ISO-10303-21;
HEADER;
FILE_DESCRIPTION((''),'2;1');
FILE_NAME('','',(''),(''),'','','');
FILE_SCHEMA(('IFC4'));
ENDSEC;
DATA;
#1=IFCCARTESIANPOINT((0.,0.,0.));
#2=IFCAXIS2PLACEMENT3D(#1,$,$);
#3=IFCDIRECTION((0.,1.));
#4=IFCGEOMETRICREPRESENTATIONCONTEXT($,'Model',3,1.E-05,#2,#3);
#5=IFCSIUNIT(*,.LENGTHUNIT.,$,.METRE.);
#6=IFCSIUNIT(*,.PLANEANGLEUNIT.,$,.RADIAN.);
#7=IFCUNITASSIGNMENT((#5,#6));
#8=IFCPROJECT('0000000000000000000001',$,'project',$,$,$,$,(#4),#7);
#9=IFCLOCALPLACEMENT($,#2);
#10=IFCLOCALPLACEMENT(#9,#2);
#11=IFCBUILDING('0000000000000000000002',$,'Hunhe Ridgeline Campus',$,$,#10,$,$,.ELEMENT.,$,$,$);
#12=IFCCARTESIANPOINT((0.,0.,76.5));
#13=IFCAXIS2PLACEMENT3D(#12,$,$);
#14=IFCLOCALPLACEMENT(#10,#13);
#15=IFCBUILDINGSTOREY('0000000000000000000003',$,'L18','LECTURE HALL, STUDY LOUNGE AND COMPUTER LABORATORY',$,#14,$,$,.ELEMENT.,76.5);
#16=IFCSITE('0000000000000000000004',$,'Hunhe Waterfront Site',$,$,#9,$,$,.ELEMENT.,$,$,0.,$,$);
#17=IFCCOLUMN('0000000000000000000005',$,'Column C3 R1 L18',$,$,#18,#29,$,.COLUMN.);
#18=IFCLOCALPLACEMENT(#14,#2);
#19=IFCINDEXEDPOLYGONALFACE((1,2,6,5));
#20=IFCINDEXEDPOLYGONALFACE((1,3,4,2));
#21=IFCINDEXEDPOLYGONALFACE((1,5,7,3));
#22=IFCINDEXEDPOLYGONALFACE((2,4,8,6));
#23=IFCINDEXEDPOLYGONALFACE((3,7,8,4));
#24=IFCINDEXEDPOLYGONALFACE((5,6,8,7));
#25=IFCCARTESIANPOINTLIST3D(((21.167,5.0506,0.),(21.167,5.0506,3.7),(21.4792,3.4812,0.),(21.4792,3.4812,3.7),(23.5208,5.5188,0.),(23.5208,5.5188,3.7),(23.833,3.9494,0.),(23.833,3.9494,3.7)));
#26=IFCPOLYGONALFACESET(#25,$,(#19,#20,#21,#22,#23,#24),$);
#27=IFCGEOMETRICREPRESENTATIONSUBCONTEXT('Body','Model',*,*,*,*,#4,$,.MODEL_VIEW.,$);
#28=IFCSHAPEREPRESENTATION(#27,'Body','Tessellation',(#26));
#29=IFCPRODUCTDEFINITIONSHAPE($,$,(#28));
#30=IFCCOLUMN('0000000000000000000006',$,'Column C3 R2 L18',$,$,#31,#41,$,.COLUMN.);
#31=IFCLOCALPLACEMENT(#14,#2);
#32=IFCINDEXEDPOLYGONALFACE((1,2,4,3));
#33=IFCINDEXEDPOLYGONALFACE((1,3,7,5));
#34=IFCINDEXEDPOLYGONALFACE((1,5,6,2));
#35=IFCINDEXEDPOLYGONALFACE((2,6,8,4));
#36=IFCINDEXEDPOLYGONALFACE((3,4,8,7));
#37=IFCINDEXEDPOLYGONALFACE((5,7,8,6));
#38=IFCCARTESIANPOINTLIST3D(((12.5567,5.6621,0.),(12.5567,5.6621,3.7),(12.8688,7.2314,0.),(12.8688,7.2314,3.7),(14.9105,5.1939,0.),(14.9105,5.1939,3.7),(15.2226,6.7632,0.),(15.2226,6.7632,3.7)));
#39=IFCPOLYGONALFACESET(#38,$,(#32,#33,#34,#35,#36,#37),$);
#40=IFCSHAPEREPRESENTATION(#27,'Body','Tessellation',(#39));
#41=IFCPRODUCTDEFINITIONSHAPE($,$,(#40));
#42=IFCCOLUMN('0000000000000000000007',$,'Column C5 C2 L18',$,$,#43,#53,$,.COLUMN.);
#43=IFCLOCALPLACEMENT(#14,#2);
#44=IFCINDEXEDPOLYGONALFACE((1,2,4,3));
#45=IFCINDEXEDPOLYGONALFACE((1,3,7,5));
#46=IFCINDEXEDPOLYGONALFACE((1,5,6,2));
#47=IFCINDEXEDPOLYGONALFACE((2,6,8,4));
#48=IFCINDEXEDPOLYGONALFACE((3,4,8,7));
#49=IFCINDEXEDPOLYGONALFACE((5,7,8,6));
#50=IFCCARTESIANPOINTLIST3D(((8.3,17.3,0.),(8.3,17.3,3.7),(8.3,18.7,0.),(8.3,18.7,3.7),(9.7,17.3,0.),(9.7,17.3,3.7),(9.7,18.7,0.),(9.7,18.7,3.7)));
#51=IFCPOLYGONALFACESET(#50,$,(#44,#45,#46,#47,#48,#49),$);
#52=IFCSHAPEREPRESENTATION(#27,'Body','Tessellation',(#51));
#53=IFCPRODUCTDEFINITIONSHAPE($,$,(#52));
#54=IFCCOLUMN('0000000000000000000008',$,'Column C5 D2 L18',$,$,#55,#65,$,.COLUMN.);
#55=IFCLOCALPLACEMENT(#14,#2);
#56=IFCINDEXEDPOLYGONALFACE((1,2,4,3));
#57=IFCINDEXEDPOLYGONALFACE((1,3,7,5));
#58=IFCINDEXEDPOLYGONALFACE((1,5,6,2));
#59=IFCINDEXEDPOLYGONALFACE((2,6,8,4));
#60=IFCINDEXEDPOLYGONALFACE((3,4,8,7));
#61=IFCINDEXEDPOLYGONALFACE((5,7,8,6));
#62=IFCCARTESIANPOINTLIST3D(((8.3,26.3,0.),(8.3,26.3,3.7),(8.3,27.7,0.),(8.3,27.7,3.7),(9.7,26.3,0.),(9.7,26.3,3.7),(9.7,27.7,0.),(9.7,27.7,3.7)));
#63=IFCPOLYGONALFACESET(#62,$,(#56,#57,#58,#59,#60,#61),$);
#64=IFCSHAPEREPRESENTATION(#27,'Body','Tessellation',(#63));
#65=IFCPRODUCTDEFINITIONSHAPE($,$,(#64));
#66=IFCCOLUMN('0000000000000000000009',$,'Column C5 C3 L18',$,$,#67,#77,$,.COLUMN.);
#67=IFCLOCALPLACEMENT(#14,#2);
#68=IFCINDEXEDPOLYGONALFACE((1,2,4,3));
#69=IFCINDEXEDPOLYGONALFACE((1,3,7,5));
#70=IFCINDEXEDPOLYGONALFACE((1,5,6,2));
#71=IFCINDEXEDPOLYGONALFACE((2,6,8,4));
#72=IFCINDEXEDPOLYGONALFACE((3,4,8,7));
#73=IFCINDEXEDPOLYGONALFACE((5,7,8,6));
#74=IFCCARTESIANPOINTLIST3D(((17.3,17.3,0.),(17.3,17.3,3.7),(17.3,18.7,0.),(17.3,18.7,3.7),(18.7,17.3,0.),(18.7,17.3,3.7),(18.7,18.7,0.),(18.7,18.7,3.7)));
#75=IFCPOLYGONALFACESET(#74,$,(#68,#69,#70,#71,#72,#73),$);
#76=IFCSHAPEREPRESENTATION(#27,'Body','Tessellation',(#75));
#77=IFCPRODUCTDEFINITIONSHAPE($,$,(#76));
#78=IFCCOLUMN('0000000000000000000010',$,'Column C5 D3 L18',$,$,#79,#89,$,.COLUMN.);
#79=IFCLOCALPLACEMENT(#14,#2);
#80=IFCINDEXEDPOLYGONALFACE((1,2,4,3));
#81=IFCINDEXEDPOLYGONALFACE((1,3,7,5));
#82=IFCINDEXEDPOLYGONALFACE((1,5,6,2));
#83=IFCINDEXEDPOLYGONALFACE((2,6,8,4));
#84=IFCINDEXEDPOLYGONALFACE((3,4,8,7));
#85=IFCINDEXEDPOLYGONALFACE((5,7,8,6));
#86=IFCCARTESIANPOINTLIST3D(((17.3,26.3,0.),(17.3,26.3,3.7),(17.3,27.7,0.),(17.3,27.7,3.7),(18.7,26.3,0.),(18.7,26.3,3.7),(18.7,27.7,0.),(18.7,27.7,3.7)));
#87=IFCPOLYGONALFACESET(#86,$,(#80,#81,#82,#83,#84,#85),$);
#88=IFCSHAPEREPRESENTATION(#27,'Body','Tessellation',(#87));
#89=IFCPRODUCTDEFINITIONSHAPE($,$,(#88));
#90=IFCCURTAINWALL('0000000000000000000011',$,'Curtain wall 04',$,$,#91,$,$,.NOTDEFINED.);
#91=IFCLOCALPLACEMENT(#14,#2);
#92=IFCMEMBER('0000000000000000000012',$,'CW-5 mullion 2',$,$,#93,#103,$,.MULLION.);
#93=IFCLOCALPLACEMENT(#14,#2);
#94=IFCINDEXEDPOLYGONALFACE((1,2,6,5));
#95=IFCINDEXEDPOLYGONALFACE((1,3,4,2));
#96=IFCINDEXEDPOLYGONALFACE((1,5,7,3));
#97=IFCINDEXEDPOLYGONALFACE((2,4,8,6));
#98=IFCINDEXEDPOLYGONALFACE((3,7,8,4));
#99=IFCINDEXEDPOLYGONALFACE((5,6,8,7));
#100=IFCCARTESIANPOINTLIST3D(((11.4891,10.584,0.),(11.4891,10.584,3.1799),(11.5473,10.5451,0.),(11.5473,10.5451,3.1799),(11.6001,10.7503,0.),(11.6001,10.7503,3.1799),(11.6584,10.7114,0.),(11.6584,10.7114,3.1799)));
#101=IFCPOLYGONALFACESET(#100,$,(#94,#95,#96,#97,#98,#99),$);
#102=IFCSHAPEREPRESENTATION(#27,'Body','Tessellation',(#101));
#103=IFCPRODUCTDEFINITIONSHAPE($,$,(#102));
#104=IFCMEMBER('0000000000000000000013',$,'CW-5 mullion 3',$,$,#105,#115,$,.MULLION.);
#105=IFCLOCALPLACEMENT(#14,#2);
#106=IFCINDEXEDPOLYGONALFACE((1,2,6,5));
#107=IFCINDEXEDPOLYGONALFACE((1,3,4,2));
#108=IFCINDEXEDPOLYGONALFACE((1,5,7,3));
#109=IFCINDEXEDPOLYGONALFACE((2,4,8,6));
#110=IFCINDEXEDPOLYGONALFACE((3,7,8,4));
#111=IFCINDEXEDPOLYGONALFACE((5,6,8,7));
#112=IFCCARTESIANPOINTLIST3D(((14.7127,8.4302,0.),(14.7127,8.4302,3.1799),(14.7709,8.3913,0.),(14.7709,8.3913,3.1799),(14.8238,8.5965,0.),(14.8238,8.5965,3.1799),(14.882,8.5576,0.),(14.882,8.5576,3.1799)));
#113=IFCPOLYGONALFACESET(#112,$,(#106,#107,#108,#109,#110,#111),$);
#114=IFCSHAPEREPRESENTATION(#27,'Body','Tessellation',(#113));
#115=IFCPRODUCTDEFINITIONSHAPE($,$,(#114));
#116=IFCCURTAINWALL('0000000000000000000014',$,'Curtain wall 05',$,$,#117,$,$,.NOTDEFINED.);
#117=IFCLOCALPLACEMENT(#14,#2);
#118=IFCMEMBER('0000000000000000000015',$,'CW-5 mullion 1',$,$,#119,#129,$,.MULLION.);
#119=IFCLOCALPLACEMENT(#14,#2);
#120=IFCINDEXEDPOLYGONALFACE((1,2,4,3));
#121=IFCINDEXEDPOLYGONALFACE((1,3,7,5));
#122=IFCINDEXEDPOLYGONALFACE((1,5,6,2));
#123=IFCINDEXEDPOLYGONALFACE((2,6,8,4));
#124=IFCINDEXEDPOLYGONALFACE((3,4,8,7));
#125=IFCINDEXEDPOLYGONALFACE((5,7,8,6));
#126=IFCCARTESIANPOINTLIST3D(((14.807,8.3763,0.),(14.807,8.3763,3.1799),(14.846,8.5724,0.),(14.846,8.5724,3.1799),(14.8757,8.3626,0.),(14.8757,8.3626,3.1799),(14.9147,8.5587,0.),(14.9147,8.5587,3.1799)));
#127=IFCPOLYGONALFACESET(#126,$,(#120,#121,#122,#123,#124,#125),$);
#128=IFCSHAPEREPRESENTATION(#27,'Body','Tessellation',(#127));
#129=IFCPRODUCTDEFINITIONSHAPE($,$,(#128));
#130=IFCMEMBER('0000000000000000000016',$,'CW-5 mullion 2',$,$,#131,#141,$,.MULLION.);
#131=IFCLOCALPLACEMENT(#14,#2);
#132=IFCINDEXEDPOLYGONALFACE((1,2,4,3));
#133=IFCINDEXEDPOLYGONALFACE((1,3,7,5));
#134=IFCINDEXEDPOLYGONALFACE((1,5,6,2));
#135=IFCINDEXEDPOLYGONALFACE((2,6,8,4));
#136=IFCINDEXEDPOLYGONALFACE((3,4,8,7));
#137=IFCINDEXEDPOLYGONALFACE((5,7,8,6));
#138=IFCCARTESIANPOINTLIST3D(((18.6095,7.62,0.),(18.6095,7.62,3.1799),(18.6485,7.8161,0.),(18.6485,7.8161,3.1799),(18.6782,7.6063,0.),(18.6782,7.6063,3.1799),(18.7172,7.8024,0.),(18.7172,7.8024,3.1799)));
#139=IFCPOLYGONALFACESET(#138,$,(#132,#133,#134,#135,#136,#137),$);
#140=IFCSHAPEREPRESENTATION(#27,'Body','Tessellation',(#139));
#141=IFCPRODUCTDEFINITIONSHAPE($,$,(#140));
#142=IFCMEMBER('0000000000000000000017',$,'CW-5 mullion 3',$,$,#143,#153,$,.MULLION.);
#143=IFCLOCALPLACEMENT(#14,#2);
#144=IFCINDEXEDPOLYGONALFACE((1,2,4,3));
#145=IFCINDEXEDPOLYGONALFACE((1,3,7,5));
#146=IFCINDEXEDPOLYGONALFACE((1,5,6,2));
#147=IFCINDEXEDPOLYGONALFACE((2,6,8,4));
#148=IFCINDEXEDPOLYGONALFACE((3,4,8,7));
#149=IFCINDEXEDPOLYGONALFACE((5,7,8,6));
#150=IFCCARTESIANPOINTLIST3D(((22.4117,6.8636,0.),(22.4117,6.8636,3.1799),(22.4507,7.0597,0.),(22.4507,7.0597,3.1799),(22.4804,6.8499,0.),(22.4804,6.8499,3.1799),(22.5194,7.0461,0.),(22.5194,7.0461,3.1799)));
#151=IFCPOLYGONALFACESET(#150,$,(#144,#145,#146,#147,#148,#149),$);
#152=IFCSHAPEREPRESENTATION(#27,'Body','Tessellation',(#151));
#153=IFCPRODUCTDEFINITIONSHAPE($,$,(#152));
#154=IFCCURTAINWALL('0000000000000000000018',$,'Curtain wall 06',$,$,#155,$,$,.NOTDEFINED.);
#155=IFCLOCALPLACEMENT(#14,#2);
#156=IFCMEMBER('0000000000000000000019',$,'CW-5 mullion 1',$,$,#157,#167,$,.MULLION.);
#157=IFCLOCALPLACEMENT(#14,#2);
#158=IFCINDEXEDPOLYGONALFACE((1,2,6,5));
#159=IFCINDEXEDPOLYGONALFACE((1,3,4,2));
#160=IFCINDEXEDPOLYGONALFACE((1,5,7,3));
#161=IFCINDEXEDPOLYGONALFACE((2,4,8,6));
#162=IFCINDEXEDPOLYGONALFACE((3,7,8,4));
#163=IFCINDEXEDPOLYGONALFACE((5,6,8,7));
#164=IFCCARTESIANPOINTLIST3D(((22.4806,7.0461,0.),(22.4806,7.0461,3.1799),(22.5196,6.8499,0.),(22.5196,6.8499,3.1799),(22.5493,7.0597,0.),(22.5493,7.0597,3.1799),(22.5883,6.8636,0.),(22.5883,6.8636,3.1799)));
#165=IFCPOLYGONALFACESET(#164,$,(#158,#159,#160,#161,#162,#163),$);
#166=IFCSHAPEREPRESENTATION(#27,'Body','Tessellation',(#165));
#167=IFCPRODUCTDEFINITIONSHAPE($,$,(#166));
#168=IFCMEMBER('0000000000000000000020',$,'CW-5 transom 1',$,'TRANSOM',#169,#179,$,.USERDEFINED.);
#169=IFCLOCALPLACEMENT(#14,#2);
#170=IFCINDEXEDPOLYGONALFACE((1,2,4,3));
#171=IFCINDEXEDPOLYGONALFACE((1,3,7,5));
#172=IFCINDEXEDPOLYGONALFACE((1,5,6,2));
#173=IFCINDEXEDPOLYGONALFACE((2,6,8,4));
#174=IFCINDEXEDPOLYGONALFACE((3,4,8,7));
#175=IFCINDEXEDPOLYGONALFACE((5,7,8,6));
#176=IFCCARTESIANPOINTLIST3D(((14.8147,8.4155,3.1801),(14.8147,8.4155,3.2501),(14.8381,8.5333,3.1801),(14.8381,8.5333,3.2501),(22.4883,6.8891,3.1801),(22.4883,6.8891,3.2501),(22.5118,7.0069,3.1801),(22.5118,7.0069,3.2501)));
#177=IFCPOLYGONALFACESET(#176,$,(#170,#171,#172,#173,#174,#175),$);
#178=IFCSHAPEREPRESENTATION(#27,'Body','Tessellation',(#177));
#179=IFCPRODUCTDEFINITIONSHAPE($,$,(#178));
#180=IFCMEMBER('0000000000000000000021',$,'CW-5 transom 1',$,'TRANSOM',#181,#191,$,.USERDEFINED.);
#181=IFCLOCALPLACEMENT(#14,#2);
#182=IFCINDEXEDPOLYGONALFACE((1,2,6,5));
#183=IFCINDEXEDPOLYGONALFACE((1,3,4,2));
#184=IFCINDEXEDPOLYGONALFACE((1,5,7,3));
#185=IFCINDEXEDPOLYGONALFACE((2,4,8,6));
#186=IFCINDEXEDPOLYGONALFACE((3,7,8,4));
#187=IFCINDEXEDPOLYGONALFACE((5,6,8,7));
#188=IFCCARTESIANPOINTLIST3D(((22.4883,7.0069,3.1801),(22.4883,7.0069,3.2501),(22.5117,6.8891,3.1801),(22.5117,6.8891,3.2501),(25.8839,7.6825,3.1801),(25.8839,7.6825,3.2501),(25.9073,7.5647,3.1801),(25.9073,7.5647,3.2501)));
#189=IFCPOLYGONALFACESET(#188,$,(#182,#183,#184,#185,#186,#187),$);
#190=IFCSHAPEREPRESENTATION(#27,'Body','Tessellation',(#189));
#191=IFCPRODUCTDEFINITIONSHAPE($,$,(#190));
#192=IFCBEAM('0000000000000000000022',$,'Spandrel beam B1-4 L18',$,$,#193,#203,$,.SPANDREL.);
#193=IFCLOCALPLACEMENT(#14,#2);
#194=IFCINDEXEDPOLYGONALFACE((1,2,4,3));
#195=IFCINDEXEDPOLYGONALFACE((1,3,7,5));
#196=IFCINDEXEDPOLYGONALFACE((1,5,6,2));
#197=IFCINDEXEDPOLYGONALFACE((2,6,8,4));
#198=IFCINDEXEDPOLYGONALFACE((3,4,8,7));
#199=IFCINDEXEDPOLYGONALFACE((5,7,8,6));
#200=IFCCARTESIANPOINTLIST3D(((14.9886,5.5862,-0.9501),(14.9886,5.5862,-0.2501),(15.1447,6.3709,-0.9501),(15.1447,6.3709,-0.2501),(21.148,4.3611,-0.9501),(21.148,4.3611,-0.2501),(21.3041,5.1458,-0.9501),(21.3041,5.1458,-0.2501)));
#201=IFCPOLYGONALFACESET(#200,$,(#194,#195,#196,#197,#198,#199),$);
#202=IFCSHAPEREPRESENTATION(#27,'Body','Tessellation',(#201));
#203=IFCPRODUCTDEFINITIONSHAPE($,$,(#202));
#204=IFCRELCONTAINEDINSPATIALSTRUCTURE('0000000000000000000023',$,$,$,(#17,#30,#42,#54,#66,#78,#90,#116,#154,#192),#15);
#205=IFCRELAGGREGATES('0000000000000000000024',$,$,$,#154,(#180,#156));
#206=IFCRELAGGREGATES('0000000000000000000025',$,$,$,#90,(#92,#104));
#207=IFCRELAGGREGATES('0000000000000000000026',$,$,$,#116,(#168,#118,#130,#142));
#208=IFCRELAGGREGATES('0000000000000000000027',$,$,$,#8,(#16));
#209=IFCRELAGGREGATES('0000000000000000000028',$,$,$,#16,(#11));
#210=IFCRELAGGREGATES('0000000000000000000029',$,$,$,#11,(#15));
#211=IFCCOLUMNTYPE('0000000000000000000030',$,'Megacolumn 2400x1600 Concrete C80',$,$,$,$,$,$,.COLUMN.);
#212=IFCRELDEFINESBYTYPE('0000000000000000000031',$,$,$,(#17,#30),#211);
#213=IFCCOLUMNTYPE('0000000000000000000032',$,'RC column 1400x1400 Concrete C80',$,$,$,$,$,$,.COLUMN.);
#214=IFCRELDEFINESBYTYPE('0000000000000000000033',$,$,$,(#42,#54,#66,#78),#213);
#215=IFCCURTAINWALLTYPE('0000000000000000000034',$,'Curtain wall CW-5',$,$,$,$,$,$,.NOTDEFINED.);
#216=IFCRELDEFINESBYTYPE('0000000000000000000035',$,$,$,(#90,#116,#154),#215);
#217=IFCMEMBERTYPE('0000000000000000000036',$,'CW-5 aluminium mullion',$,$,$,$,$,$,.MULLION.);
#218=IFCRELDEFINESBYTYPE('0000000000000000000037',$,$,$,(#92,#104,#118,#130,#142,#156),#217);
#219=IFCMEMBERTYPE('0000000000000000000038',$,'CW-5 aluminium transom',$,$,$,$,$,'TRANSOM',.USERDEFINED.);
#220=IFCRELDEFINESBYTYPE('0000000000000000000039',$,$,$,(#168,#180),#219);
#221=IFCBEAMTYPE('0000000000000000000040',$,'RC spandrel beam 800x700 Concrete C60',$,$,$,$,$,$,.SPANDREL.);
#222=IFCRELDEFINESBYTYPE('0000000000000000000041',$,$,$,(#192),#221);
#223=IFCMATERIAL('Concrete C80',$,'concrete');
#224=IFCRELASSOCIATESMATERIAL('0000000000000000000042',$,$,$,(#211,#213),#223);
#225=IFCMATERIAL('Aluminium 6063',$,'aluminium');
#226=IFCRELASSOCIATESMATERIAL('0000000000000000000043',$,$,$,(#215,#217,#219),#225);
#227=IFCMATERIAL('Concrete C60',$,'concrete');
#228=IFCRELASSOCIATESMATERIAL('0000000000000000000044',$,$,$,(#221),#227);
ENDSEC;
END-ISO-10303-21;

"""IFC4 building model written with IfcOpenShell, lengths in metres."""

from ifc_helpers import new_model, si_unit, direction, frame, origin, origin_2d, place, context, subcontext, project, spatial, rectangle, extrude, material, material_profile, profile_set, type_object, element, aggregate, save


model = new_model("IFC4")

# Units and contexts
model_context = context("Model", 3, precision=1e-05, world=origin(), true_north=direction((0.0, 1.0)))
body_context = subcontext(model_context, "Body", "Model", "MODEL_VIEW")
ifc_project = project(units=[si_unit("LENGTHUNIT", "METRE"), si_unit("PLANEANGLEUNIT", "RADIAN")], contexts=[model_context])

# Site, building, storey
site_placement = place(None, origin())
site = spatial("IfcSite", under=ifc_project, at=site_placement, Name="Hunhe Waterfront Site", CompositionType="ELEMENT", RefElevation=0.0)
building_placement = place(site_placement, origin())
building = spatial("IfcBuilding", under=site, at=building_placement, Name="Hunhe Ridgeline Campus", CompositionType="ELEMENT")
storey_placement = place(building_placement, frame((0.0, 0.0, 76.5)))
storey = spatial("IfcBuildingStorey", under=building, at=storey_placement, Name="L18", Description="LECTURE HALL, STUDY LOUNGE AND COMPUTER LABORATORY", CompositionType="ELEMENT", Elevation=76.5)

# Columns
ifc_material_1 = material(Name="Concrete C80", Category="concrete")
ifc_material_profile_1 = material_profile(ifc_material_1, rectangle(XDim=2.3999, YDim=1.6001, at=origin_2d()))
ifc_profile_set_1 = profile_set([ifc_material_profile_1], Name="Concrete C80")
column_type_1 = type_object("IfcColumnType", Name="Megacolumn 2400x1600 Concrete C80", PredefinedType="COLUMN", material=ifc_profile_set_1)
for number, where, z_axis, x_axis, name in (
    (1, (22.5, 4.5, 0.0), (0.0, 0.0, 1.0), (0.980785, 0.19509, 0.0), "Column C3 R1 L18"),
    (2, (13.8896, 6.2126, 0.0), (0.0, 0.0, 1.0), (-0.980785, 0.19509, 0.0), "Column C3 R2 L18"),
):
    element("IfcColumn", number, at=place(storey_placement, frame(where, z_axis=z_axis, x_axis=x_axis)), inside=storey, type_object=column_type_1, Name=name, PredefinedType="COLUMN", context=body_context, shape_type="SweptSolid", body=[
        extrude(rectangle(XDim=2.3999, YDim=1.6001, at=origin_2d()), origin(), (0.0, 0.0, 1.0), 3.7),
    ])
ifc_material_profile_2 = material_profile(ifc_material_1, rectangle(XDim=1.3999, YDim=1.3999, at=origin_2d()))
ifc_profile_set_2 = profile_set([ifc_material_profile_2], Name="Concrete C80")
column_type_2 = type_object("IfcColumnType", Name="RC column 1400x1400 Concrete C80", PredefinedType="COLUMN", material=ifc_profile_set_2)
for number, where, z_axis, x_axis, name in (
    (3, (9.0, 18.0, 0.0), (0.0, 0.0, 1.0), (1.0, 0.0, 0.0), "Column C5 C2 L18"),
    (4, (9.0, 27.0, 0.0), (0.0, 0.0, 1.0), (1.0, 0.0, 0.0), "Column C5 D2 L18"),
    (5, (18.0, 18.0, 0.0), (0.0, 0.0, 1.0), (1.0, 0.0, 0.0), "Column C5 C3 L18"),
    (6, (18.0, 27.0, 0.0), (0.0, 0.0, 1.0), (1.0, 0.0, 0.0), "Column C5 D3 L18"),
):
    element("IfcColumn", number, at=place(storey_placement, frame(where, z_axis=z_axis, x_axis=x_axis)), inside=storey, type_object=column_type_2, Name=name, PredefinedType="COLUMN", context=body_context, shape_type="SweptSolid", body=[
        extrude(rectangle(XDim=1.3999, YDim=1.3999, at=origin_2d()), origin(), (0.0, 0.0, 1.0), 3.7),
    ])

# Curtain walls, members
ifc_material_2 = material(Name="Aluminium 6063", Category="aluminium")
curtain_wall_type = type_object("IfcCurtainWallType", Name="Curtain wall CW-5", PredefinedType="NOTDEFINED", material=ifc_material_2)
curtain_wall_1_placement = place(storey_placement, origin())
curtain_wall_1 = element("IfcCurtainWall", 7, at=curtain_wall_1_placement, inside=storey, type_object=curtain_wall_type, Name="Curtain wall 04", PredefinedType="NOTDEFINED")
ifc_material_profile_3 = material_profile(ifc_material_2, rectangle(XDim=0.2, YDim=0.0701, at=origin_2d()))
ifc_profile_set_3 = profile_set([ifc_material_profile_3], Name="Aluminium 6063")
member_type_1 = type_object("IfcMemberType", Name="CW-5 aluminium mullion", PredefinedType="MULLION", material=ifc_profile_set_3)
member_1_placement = place(storey_placement, frame((11.5737, 10.6477, 0.0), z_axis=(0.0, 0.0, 1.0), x_axis=(0.55557, 0.83147, 0.0)))
member_1 = element("IfcMember", 8, at=member_1_placement, type_object=member_type_1, Name="CW-5 mullion 2", PredefinedType="MULLION", context=body_context, shape_type="SweptSolid", body=[
    extrude(rectangle(XDim=0.2, YDim=0.0701, at=origin_2d()), origin(), (0.0, 0.0, 1.0), 3.1799),
])
member_2_placement = place(storey_placement, frame((14.7974, 8.4939, 0.0), z_axis=(0.0, 0.0, 1.0), x_axis=(0.55557, 0.83147, 0.0)))
member_2 = element("IfcMember", 9, at=member_2_placement, type_object=member_type_1, Name="CW-5 mullion 3", PredefinedType="MULLION", context=body_context, shape_type="SweptSolid", body=[
    extrude(rectangle(XDim=0.2, YDim=0.0701, at=origin_2d()), origin(), (0.0, 0.0, 1.0), 3.1799),
])
curtain_wall_2_placement = place(storey_placement, origin())
curtain_wall_2 = element("IfcCurtainWall", 10, at=curtain_wall_2_placement, inside=storey, type_object=curtain_wall_type, Name="Curtain wall 05", PredefinedType="NOTDEFINED")
member_3_placement = place(storey_placement, frame((14.8608, 8.4675, 0.0), z_axis=(0.0, 0.0, 1.0), x_axis=(0.19509, 0.980785, 0.0)))
member_3 = element("IfcMember", 11, at=member_3_placement, type_object=member_type_1, Name="CW-5 mullion 1", PredefinedType="MULLION", context=body_context, shape_type="SweptSolid", body=[
    extrude(rectangle(XDim=0.2, YDim=0.0701, at=origin_2d()), origin(), (0.0, 0.0, 1.0), 3.1799),
])
member_4_placement = place(storey_placement, frame((18.6633, 7.7112, 0.0), z_axis=(0.0, 0.0, 1.0), x_axis=(0.19509, 0.980785, 0.0)))
member_4 = element("IfcMember", 12, at=member_4_placement, type_object=member_type_1, Name="CW-5 mullion 2", PredefinedType="MULLION", context=body_context, shape_type="SweptSolid", body=[
    extrude(rectangle(XDim=0.2, YDim=0.0701, at=origin_2d()), origin(), (0.0, 0.0, 1.0), 3.1799),
])
member_5_placement = place(storey_placement, frame((22.4656, 6.9548, 0.0), z_axis=(0.0, 0.0, 1.0), x_axis=(0.19509, 0.980785, 0.0)))
member_5 = element("IfcMember", 13, at=member_5_placement, type_object=member_type_1, Name="CW-5 mullion 3", PredefinedType="MULLION", context=body_context, shape_type="SweptSolid", body=[
    extrude(rectangle(XDim=0.2, YDim=0.0701, at=origin_2d()), origin(), (0.0, 0.0, 1.0), 3.1799),
])

# Curtain wall, member
curtain_wall_3_placement = place(storey_placement, origin())
curtain_wall_3 = element("IfcCurtainWall", 14, at=curtain_wall_3_placement, inside=storey, type_object=curtain_wall_type, Name="Curtain wall 06", PredefinedType="NOTDEFINED")
member_6_placement = place(storey_placement, frame((22.5344, 6.9548, 0.0), z_axis=(0.0, 0.0, 1.0), x_axis=(-0.19509, 0.980785, 0.0)))
member_6 = element("IfcMember", 15, at=member_6_placement, type_object=member_type_1, Name="CW-5 mullion 1", PredefinedType="MULLION", context=body_context, shape_type="SweptSolid", body=[
    extrude(rectangle(XDim=0.2, YDim=0.0701, at=origin_2d()), origin(), (0.0, 0.0, 1.0), 3.1799),
])

# Members
ifc_material_profile_4 = material_profile(ifc_material_2, rectangle(XDim=0.1201, YDim=0.0701, at=origin_2d()))
ifc_profile_set_4 = profile_set([ifc_material_profile_4], Name="Aluminium 6063")
member_type_2 = type_object("IfcMemberType", Name="CW-5 aluminium transom", ElementType="TRANSOM", PredefinedType="USERDEFINED", material=ifc_profile_set_4)
member_7_placement = place(storey_placement, frame((14.8264, 8.4744, 3.2151), z_axis=(0.980785, -0.19509, 0.0), x_axis=(0.19509, 0.980785, 0.0)))
member_7 = element("IfcMember", 16, at=member_7_placement, type_object=member_type_2, Name="CW-5 transom 1", ObjectType="TRANSOM", PredefinedType="USERDEFINED", context=body_context, shape_type="SweptSolid", body=[
    extrude(rectangle(XDim=0.1201, YDim=0.0701, at=origin_2d()), origin(), (0.0, 0.0, 1.0), 7.824),
])
member_8_placement = place(storey_placement, frame((22.5, 6.948, 3.2151), z_axis=(0.980778, 0.195126, 0.0), x_axis=(-0.195126, 0.980778, 0.0)))
member_8 = element("IfcMember", 17, at=member_8_placement, type_object=member_type_2, Name="CW-5 transom 1", ObjectType="TRANSOM", PredefinedType="USERDEFINED", context=body_context, shape_type="SweptSolid", body=[
    extrude(rectangle(XDim=0.1201, YDim=0.0701, at=origin_2d()), origin(), (0.0, 0.0, 1.0), 3.4622),
])
aggregate(curtain_wall_3, [member_8, member_6])

# Beam
ifc_material_3 = material(Name="Concrete C60", Category="concrete")
ifc_material_profile_5 = material_profile(ifc_material_3, rectangle(XDim=0.8, YDim=0.7, at=origin_2d()))
ifc_profile_set_5 = profile_set([ifc_material_profile_5], Name="Concrete C60")
beam_type = type_object("IfcBeamType", Name="RC spandrel beam 800x700 Concrete C60", PredefinedType="SPANDREL", material=ifc_profile_set_5)
beam_placement = place(storey_placement, frame((15.0667, 5.9785, -0.6001), z_axis=(0.980788, -0.195077, 0.0), x_axis=(0.195077, 0.980788, 0.0)))
element("IfcBeam", 18, at=beam_placement, inside=storey, type_object=beam_type, Name="Spandrel beam B1-4 L18", PredefinedType="SPANDREL", context=body_context, shape_type="SweptSolid", body=[
    extrude(rectangle(XDim=0.8, YDim=0.7, at=origin_2d()), origin(), (0.0, 0.0, 1.0), 6.28),
])

aggregate(curtain_wall_1, [member_1, member_2])
aggregate(curtain_wall_2, [member_7, member_3, member_4, member_5])

save(model, "model.ifc")
